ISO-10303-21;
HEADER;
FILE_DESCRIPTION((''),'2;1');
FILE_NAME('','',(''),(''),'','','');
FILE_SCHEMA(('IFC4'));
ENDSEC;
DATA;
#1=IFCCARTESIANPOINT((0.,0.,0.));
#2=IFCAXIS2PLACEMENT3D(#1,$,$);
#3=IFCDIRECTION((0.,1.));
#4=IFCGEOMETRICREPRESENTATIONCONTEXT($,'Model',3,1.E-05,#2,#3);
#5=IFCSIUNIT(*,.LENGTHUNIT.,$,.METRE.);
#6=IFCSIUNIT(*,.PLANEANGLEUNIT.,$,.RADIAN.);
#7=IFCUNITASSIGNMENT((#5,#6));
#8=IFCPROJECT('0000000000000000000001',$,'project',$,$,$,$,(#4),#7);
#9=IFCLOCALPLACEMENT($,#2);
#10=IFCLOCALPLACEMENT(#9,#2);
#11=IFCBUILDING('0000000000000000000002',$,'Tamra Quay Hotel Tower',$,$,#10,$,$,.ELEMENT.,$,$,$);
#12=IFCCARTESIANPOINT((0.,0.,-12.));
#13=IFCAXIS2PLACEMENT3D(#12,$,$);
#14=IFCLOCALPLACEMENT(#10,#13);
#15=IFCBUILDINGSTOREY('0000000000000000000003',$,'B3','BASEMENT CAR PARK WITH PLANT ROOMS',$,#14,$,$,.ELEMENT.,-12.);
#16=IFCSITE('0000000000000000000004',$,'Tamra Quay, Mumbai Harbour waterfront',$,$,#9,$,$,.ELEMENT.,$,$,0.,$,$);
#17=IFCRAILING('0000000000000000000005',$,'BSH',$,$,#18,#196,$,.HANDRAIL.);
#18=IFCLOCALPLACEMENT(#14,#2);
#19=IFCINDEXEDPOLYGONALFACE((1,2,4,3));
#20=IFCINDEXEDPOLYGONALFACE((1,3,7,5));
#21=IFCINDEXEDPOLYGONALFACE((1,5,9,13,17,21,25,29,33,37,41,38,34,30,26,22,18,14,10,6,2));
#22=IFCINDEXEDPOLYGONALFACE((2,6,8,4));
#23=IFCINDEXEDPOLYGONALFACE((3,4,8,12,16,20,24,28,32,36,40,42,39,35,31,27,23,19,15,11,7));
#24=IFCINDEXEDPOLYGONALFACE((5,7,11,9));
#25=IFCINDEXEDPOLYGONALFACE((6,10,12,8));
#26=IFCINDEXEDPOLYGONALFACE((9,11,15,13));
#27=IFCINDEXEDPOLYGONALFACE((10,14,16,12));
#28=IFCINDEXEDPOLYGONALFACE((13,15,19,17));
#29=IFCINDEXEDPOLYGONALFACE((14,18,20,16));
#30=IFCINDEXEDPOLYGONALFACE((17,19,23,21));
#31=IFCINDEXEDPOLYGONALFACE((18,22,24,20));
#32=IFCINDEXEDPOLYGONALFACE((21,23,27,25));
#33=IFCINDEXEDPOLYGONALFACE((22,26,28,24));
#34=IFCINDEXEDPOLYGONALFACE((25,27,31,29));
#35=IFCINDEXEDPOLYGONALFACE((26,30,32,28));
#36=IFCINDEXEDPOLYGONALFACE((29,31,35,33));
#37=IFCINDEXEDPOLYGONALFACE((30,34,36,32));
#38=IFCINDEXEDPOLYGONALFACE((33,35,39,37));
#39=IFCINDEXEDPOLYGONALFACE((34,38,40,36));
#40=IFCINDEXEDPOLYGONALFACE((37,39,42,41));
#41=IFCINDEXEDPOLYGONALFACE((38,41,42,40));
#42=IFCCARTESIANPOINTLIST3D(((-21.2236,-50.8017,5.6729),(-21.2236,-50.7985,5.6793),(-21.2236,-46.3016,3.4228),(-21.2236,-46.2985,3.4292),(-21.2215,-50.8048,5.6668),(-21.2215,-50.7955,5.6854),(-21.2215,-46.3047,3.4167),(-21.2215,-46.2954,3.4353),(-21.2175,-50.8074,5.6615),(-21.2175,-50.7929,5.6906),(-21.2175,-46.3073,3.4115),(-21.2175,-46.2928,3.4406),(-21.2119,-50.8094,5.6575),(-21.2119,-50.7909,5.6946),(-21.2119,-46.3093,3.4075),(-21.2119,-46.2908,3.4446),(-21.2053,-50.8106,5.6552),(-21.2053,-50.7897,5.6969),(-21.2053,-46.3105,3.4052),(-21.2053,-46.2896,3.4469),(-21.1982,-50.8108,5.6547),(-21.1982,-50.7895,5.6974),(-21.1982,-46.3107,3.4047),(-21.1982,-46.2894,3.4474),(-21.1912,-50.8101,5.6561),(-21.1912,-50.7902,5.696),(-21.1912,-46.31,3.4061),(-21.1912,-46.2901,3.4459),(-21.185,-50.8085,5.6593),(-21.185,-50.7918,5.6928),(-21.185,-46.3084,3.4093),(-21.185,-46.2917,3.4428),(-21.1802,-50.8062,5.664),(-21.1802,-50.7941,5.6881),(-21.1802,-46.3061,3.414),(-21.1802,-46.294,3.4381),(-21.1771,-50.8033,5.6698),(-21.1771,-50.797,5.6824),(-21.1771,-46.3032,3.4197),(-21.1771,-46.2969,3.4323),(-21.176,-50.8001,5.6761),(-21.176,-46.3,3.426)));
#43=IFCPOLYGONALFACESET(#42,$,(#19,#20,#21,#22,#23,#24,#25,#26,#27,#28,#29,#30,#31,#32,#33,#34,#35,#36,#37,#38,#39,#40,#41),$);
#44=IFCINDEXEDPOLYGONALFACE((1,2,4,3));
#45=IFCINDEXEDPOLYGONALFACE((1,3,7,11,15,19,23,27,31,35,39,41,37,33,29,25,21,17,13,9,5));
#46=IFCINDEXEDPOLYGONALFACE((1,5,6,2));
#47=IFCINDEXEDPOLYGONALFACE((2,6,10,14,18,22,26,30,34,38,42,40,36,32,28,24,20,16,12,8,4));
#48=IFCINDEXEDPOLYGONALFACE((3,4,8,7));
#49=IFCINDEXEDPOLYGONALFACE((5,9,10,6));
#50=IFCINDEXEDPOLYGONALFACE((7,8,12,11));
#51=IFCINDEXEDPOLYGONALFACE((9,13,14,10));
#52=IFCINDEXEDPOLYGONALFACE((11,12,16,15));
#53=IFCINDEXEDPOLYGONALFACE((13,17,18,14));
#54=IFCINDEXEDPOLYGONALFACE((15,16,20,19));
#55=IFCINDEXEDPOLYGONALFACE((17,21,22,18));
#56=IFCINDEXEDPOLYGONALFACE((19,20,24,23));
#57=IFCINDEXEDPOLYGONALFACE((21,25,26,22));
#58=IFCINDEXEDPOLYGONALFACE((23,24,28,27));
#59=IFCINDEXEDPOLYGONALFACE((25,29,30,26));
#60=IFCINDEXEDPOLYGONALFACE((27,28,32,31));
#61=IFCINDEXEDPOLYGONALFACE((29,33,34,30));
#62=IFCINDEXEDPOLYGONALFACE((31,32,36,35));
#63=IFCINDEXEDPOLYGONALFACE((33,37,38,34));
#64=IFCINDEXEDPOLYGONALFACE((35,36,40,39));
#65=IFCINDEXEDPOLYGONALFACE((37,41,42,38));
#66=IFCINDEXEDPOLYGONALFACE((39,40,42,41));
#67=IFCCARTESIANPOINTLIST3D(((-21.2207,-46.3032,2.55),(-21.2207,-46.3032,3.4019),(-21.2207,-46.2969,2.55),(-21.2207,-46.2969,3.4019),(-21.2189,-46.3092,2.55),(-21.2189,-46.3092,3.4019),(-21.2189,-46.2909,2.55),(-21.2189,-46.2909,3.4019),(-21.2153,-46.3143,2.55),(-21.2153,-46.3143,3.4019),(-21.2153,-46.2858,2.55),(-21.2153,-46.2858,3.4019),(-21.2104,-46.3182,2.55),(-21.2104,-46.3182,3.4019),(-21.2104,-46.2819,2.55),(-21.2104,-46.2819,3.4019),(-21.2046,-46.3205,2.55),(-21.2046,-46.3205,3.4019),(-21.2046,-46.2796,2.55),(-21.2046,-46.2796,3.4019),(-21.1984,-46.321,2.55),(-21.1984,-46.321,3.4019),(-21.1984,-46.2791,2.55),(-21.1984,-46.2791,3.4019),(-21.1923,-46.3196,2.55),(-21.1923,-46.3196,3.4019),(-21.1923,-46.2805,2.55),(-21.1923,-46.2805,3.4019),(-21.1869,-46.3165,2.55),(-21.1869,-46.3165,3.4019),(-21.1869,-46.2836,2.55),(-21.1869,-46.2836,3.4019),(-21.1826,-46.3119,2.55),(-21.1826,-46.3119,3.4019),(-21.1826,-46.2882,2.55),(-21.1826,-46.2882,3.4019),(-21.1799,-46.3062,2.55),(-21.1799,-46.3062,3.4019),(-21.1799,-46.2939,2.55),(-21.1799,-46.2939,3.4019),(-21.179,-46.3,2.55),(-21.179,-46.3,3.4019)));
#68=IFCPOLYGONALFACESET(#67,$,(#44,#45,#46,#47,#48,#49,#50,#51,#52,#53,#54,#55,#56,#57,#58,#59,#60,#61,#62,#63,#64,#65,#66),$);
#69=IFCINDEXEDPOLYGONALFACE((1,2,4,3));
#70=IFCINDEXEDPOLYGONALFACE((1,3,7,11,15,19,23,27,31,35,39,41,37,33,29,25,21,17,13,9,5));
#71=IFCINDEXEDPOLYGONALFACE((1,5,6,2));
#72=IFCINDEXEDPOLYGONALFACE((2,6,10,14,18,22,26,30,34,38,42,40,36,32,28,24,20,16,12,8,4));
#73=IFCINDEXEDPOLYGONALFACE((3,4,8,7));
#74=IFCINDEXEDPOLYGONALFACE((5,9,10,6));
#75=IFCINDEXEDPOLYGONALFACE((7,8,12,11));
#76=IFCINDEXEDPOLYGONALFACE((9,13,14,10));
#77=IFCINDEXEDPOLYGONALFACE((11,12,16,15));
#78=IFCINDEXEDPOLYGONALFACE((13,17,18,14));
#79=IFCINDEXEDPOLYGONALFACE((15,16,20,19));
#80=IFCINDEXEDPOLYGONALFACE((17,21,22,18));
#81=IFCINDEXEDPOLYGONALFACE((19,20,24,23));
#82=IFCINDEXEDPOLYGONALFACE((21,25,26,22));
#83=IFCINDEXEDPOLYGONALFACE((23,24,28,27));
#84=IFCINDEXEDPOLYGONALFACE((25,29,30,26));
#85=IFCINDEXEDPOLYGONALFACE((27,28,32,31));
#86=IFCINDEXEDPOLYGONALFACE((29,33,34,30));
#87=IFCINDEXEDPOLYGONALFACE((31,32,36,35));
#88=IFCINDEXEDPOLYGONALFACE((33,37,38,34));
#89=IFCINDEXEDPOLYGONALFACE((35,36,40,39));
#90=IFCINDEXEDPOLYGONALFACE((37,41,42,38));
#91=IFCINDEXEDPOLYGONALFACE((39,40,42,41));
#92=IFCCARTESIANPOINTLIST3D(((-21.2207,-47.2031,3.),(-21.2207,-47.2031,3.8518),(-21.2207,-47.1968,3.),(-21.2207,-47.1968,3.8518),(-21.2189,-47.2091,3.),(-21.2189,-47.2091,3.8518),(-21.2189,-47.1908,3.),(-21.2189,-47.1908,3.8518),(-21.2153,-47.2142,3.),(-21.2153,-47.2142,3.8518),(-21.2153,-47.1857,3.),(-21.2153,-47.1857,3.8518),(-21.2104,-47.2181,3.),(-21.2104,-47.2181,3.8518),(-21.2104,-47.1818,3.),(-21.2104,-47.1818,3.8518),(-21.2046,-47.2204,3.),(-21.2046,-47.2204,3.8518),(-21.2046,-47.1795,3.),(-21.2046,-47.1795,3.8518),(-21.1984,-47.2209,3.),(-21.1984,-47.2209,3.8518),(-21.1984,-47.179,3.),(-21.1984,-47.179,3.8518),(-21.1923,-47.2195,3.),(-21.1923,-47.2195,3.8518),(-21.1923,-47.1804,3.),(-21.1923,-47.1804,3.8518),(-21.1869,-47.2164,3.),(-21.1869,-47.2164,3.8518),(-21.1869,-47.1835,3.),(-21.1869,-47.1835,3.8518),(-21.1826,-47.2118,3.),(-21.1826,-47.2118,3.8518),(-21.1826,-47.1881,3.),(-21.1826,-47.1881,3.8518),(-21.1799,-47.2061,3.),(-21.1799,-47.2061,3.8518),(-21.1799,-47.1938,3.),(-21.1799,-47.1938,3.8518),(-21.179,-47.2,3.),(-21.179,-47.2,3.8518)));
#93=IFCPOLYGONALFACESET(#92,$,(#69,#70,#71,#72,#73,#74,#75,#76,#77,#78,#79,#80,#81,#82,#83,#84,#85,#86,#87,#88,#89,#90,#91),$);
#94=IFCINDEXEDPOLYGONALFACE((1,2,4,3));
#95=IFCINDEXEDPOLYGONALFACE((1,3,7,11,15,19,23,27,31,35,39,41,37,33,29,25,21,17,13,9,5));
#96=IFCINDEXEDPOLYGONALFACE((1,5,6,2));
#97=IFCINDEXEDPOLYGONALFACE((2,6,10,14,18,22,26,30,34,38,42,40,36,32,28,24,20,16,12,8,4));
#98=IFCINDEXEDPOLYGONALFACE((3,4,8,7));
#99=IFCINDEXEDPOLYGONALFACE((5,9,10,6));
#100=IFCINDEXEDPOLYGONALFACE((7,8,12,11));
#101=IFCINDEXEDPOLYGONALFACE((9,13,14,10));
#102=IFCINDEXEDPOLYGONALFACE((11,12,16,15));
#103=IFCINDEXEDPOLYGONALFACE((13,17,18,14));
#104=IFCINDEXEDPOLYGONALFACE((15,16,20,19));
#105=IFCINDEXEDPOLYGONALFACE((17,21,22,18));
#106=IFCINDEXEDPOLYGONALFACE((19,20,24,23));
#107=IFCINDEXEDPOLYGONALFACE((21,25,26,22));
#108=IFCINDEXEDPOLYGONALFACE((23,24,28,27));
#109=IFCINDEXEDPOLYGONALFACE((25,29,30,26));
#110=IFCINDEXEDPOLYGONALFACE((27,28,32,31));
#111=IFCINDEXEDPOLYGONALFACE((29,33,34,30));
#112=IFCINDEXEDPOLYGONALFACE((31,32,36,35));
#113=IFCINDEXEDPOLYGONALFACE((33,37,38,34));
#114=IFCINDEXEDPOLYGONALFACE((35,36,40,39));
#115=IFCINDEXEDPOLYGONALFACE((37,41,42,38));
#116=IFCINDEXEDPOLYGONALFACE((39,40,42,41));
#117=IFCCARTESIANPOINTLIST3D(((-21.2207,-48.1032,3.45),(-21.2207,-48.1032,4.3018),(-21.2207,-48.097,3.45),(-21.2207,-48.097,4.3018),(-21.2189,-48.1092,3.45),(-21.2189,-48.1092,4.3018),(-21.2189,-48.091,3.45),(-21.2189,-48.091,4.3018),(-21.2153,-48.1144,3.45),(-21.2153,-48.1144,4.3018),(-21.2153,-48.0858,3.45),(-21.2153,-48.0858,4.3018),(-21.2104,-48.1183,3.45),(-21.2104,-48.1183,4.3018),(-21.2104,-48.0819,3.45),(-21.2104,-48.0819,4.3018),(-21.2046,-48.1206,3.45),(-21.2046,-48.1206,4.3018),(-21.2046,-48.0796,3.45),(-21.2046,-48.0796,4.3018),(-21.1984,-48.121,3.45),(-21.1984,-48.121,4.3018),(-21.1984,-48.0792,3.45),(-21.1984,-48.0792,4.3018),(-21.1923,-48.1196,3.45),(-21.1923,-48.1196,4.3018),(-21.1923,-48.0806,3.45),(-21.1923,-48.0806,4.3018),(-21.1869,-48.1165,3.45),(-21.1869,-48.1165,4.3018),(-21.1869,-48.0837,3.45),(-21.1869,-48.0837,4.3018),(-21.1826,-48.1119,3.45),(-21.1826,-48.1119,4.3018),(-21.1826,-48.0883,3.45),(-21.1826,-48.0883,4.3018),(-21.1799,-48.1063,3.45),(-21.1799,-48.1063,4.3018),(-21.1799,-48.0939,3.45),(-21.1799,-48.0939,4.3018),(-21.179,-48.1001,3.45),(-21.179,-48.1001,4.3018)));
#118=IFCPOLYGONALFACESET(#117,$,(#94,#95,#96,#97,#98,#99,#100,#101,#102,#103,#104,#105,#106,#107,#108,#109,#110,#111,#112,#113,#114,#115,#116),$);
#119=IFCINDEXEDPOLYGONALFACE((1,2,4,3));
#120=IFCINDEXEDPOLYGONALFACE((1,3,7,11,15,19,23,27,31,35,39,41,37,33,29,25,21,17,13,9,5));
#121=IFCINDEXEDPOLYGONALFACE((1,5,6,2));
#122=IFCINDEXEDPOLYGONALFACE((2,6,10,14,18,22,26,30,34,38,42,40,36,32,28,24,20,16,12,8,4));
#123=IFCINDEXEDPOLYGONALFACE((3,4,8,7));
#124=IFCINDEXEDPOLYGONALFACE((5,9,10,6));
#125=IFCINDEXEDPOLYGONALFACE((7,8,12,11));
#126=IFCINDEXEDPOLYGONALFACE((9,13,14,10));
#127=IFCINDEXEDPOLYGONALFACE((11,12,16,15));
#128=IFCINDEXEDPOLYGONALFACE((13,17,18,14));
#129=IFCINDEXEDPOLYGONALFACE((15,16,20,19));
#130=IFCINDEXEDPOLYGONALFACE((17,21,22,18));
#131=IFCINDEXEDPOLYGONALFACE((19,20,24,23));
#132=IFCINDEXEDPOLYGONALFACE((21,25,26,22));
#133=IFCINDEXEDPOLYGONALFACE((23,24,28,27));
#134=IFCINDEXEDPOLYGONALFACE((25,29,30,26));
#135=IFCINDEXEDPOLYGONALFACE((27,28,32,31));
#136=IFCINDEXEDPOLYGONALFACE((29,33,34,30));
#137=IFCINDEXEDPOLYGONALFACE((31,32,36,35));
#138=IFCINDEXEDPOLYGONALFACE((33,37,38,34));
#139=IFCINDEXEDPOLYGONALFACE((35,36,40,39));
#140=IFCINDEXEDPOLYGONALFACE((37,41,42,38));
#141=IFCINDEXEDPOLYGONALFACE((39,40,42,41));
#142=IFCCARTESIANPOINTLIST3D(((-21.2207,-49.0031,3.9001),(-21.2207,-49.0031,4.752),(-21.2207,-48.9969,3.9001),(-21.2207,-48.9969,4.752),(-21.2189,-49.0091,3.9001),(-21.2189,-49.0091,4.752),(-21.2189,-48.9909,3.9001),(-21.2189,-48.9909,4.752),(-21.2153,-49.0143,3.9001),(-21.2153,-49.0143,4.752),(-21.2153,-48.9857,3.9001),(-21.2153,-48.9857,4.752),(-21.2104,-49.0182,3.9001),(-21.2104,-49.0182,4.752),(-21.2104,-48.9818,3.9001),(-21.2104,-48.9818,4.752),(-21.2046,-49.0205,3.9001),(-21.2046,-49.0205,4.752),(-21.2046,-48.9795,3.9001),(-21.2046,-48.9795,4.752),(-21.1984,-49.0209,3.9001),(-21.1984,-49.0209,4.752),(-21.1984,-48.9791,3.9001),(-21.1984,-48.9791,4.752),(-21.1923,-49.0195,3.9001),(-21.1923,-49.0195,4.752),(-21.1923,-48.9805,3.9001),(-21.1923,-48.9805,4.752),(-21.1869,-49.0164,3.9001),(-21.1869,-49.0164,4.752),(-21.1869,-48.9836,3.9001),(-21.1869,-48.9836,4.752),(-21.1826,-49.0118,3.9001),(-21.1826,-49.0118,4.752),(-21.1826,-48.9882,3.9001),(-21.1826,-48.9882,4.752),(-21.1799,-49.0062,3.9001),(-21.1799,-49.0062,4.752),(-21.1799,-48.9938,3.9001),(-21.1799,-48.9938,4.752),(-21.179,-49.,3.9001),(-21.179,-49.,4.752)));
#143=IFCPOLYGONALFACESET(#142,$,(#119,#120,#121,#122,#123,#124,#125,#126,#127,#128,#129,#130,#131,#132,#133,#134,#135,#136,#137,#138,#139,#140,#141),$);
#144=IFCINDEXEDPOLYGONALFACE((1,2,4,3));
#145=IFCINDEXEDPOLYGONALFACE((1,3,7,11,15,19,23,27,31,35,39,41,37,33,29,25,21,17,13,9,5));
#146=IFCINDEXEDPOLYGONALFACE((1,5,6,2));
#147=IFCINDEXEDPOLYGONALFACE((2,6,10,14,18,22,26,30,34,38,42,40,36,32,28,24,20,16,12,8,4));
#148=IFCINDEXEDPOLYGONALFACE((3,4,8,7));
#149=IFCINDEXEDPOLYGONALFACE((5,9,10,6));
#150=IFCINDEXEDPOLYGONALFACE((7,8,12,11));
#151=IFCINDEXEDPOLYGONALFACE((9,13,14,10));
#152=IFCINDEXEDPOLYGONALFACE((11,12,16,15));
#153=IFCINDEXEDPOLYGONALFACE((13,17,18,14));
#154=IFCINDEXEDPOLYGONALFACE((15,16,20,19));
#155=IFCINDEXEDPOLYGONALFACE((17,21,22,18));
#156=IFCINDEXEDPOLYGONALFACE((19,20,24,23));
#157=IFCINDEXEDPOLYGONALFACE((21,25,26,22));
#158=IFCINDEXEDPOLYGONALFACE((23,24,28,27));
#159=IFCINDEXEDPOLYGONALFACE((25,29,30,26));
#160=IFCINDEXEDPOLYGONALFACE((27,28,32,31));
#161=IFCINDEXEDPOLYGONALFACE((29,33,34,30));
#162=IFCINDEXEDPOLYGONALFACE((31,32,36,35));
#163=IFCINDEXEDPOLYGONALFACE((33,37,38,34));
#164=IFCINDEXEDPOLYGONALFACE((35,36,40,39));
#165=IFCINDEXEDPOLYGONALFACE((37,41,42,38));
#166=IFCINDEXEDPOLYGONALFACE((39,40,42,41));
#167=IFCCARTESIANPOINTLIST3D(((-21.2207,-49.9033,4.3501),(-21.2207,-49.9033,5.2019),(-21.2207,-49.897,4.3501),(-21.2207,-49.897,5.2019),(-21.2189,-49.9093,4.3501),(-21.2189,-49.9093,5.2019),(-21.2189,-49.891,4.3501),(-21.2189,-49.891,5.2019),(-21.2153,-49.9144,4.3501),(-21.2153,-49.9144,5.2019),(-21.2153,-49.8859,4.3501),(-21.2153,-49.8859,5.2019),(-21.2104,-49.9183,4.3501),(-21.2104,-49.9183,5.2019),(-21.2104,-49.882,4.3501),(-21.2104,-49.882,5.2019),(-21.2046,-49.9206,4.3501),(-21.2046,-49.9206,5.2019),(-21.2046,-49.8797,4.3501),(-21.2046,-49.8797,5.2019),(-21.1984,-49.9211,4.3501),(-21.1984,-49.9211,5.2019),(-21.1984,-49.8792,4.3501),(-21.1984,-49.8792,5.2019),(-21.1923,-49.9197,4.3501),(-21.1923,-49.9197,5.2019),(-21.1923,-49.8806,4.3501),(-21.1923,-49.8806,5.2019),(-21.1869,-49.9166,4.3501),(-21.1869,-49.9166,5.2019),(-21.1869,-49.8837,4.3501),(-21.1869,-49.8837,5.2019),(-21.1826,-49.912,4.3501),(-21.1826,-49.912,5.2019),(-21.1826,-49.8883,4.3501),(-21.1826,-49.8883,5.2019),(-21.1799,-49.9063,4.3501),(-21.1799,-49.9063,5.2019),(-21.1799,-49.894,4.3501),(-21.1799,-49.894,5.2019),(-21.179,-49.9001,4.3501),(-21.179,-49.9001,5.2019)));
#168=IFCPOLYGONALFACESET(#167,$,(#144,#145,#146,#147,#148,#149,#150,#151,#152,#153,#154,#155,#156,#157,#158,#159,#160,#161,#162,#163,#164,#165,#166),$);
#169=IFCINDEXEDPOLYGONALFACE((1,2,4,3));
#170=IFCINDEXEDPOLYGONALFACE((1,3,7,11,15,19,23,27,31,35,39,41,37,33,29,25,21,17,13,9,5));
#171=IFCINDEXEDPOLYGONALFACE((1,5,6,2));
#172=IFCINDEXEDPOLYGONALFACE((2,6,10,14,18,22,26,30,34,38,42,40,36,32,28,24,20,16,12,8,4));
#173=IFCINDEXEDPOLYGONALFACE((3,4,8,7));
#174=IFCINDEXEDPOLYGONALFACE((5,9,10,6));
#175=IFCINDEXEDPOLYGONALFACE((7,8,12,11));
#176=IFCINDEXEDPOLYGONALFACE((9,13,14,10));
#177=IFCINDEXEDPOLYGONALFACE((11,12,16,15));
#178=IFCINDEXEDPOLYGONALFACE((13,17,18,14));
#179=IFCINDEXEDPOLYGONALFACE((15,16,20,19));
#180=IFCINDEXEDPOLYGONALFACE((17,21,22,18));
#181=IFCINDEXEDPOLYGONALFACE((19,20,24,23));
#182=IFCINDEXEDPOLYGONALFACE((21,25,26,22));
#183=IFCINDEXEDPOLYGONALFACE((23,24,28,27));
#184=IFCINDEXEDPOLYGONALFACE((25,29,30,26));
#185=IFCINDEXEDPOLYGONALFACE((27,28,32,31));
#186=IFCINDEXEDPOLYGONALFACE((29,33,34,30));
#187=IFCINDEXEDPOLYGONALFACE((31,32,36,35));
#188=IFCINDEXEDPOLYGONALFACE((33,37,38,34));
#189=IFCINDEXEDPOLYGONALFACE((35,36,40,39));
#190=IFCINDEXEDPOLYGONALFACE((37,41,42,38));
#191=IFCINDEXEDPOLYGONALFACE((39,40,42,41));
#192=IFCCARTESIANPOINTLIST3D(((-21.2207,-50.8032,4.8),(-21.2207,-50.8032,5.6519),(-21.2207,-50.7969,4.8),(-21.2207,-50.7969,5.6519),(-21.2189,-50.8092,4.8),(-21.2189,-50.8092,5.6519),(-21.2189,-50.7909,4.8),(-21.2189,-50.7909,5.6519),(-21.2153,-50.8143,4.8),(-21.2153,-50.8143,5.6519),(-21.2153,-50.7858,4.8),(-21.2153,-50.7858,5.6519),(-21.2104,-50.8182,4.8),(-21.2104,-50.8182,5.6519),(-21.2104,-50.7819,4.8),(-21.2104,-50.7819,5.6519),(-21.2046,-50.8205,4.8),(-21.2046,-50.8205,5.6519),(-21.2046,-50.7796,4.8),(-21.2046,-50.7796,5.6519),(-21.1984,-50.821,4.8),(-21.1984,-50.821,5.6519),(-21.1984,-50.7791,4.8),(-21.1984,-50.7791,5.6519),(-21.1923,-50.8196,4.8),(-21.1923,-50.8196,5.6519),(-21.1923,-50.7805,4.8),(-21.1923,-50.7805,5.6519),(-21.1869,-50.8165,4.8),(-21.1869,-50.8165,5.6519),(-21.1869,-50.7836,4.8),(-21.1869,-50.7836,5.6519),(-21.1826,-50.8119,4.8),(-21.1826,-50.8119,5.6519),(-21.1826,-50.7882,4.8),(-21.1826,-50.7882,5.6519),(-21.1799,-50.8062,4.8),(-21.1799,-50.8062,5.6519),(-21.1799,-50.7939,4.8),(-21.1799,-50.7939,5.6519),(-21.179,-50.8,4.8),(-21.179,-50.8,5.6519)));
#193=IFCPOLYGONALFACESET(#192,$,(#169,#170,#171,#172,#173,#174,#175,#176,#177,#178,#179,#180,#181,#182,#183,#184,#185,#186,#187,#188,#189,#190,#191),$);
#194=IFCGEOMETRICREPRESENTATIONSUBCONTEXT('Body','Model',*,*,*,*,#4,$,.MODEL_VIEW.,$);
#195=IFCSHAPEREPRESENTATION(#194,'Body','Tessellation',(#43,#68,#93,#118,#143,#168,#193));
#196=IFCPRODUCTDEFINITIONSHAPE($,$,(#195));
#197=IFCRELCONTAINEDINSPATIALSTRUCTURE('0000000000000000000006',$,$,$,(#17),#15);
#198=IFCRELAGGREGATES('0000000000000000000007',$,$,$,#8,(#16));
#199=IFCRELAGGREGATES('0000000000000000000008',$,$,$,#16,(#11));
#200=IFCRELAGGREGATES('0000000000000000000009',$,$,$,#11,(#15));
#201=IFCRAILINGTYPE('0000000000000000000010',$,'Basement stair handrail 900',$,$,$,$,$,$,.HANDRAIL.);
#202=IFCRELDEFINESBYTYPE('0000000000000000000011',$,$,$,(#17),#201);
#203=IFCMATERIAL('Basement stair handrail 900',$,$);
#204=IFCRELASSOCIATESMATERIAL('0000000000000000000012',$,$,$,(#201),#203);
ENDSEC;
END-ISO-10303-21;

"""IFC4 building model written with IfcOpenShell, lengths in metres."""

from ifc_helpers import new_model, si_unit, direction, frame, origin, origin_2d, place, context, subcontext, project, spatial, circle, extrude, material, type_object, element, save


model = new_model("IFC4")

# Units and contexts
model_context = context("Model", 3, precision=1e-05, world=origin(), true_north=direction((0.0, 1.0)))
body_context = subcontext(model_context, "Body", "Model", "MODEL_VIEW")
ifc_project = project(units=[si_unit("LENGTHUNIT", "METRE"), si_unit("PLANEANGLEUNIT", "RADIAN")], contexts=[model_context])

# Site, building, storey
site_placement = place(None, origin())
site = spatial("IfcSite", under=ifc_project, at=site_placement, Name="Tamra Quay, Mumbai Harbour waterfront", CompositionType="ELEMENT", RefElevation=0.0)
building_placement = place(site_placement, origin())
building = spatial("IfcBuilding", under=site, at=building_placement, Name="Tamra Quay Hotel Tower", CompositionType="ELEMENT")
storey_placement = place(building_placement, frame((0.0, 0.0, -12.0)))
storey = spatial("IfcBuildingStorey", under=building, at=storey_placement, Name="B3", Description="BASEMENT CAR PARK WITH PLANT ROOMS", CompositionType="ELEMENT", Elevation=-12.0)

# Railing
ifc_material_1 = material(Name="Basement stair handrail 900")
railing_type_1 = type_object("IfcRailingType", Name="Basement stair handrail 900", PredefinedType="HANDRAIL", material=ifc_material_1)
railing_1_placement = place(storey_placement, frame((-21.2, -46.3, 2.55)))
element("IfcRailing", 1, at=railing_1_placement, inside=storey, type_object=railing_type_1, Name="BSH", PredefinedType="HANDRAIL", context=body_context, shape_type="SweptSolid", body=[
    extrude(circle(Radius=0.0239, at=origin_2d()), frame((0.0, 0.0, 0.876), z_axis=(0.0, -0.894427, 0.447214), x_axis=(1.0, 0.0, 0.0)), (0.0, 0.0, 1.0), 5.0312),
    extrude(circle(Radius=0.021, at=origin_2d()), origin(), (0.0, 0.0, 1.0), 0.8518),
    extrude(circle(Radius=0.021, at=origin_2d()), frame((0.0, -0.8999, 0.45)), (0.0, 0.0, 1.0), 0.8518),
    extrude(circle(Radius=0.021, at=origin_2d()), frame((0.0, -1.8, 0.8999)), (0.0, 0.0, 1.0), 0.8518),
    extrude(circle(Radius=0.021, at=origin_2d()), frame((0.0, -2.7, 1.3501)), (0.0, 0.0, 1.0), 0.8518),
    extrude(circle(Radius=0.021, at=origin_2d()), frame((0.0, -3.6001, 1.8)), (0.0, 0.0, 1.0), 0.8518),
    extrude(circle(Radius=0.021, at=origin_2d()), frame((0.0, -4.5, 2.25)), (0.0, 0.0, 1.0), 0.8518),
])

save(model, "model.ifc")
